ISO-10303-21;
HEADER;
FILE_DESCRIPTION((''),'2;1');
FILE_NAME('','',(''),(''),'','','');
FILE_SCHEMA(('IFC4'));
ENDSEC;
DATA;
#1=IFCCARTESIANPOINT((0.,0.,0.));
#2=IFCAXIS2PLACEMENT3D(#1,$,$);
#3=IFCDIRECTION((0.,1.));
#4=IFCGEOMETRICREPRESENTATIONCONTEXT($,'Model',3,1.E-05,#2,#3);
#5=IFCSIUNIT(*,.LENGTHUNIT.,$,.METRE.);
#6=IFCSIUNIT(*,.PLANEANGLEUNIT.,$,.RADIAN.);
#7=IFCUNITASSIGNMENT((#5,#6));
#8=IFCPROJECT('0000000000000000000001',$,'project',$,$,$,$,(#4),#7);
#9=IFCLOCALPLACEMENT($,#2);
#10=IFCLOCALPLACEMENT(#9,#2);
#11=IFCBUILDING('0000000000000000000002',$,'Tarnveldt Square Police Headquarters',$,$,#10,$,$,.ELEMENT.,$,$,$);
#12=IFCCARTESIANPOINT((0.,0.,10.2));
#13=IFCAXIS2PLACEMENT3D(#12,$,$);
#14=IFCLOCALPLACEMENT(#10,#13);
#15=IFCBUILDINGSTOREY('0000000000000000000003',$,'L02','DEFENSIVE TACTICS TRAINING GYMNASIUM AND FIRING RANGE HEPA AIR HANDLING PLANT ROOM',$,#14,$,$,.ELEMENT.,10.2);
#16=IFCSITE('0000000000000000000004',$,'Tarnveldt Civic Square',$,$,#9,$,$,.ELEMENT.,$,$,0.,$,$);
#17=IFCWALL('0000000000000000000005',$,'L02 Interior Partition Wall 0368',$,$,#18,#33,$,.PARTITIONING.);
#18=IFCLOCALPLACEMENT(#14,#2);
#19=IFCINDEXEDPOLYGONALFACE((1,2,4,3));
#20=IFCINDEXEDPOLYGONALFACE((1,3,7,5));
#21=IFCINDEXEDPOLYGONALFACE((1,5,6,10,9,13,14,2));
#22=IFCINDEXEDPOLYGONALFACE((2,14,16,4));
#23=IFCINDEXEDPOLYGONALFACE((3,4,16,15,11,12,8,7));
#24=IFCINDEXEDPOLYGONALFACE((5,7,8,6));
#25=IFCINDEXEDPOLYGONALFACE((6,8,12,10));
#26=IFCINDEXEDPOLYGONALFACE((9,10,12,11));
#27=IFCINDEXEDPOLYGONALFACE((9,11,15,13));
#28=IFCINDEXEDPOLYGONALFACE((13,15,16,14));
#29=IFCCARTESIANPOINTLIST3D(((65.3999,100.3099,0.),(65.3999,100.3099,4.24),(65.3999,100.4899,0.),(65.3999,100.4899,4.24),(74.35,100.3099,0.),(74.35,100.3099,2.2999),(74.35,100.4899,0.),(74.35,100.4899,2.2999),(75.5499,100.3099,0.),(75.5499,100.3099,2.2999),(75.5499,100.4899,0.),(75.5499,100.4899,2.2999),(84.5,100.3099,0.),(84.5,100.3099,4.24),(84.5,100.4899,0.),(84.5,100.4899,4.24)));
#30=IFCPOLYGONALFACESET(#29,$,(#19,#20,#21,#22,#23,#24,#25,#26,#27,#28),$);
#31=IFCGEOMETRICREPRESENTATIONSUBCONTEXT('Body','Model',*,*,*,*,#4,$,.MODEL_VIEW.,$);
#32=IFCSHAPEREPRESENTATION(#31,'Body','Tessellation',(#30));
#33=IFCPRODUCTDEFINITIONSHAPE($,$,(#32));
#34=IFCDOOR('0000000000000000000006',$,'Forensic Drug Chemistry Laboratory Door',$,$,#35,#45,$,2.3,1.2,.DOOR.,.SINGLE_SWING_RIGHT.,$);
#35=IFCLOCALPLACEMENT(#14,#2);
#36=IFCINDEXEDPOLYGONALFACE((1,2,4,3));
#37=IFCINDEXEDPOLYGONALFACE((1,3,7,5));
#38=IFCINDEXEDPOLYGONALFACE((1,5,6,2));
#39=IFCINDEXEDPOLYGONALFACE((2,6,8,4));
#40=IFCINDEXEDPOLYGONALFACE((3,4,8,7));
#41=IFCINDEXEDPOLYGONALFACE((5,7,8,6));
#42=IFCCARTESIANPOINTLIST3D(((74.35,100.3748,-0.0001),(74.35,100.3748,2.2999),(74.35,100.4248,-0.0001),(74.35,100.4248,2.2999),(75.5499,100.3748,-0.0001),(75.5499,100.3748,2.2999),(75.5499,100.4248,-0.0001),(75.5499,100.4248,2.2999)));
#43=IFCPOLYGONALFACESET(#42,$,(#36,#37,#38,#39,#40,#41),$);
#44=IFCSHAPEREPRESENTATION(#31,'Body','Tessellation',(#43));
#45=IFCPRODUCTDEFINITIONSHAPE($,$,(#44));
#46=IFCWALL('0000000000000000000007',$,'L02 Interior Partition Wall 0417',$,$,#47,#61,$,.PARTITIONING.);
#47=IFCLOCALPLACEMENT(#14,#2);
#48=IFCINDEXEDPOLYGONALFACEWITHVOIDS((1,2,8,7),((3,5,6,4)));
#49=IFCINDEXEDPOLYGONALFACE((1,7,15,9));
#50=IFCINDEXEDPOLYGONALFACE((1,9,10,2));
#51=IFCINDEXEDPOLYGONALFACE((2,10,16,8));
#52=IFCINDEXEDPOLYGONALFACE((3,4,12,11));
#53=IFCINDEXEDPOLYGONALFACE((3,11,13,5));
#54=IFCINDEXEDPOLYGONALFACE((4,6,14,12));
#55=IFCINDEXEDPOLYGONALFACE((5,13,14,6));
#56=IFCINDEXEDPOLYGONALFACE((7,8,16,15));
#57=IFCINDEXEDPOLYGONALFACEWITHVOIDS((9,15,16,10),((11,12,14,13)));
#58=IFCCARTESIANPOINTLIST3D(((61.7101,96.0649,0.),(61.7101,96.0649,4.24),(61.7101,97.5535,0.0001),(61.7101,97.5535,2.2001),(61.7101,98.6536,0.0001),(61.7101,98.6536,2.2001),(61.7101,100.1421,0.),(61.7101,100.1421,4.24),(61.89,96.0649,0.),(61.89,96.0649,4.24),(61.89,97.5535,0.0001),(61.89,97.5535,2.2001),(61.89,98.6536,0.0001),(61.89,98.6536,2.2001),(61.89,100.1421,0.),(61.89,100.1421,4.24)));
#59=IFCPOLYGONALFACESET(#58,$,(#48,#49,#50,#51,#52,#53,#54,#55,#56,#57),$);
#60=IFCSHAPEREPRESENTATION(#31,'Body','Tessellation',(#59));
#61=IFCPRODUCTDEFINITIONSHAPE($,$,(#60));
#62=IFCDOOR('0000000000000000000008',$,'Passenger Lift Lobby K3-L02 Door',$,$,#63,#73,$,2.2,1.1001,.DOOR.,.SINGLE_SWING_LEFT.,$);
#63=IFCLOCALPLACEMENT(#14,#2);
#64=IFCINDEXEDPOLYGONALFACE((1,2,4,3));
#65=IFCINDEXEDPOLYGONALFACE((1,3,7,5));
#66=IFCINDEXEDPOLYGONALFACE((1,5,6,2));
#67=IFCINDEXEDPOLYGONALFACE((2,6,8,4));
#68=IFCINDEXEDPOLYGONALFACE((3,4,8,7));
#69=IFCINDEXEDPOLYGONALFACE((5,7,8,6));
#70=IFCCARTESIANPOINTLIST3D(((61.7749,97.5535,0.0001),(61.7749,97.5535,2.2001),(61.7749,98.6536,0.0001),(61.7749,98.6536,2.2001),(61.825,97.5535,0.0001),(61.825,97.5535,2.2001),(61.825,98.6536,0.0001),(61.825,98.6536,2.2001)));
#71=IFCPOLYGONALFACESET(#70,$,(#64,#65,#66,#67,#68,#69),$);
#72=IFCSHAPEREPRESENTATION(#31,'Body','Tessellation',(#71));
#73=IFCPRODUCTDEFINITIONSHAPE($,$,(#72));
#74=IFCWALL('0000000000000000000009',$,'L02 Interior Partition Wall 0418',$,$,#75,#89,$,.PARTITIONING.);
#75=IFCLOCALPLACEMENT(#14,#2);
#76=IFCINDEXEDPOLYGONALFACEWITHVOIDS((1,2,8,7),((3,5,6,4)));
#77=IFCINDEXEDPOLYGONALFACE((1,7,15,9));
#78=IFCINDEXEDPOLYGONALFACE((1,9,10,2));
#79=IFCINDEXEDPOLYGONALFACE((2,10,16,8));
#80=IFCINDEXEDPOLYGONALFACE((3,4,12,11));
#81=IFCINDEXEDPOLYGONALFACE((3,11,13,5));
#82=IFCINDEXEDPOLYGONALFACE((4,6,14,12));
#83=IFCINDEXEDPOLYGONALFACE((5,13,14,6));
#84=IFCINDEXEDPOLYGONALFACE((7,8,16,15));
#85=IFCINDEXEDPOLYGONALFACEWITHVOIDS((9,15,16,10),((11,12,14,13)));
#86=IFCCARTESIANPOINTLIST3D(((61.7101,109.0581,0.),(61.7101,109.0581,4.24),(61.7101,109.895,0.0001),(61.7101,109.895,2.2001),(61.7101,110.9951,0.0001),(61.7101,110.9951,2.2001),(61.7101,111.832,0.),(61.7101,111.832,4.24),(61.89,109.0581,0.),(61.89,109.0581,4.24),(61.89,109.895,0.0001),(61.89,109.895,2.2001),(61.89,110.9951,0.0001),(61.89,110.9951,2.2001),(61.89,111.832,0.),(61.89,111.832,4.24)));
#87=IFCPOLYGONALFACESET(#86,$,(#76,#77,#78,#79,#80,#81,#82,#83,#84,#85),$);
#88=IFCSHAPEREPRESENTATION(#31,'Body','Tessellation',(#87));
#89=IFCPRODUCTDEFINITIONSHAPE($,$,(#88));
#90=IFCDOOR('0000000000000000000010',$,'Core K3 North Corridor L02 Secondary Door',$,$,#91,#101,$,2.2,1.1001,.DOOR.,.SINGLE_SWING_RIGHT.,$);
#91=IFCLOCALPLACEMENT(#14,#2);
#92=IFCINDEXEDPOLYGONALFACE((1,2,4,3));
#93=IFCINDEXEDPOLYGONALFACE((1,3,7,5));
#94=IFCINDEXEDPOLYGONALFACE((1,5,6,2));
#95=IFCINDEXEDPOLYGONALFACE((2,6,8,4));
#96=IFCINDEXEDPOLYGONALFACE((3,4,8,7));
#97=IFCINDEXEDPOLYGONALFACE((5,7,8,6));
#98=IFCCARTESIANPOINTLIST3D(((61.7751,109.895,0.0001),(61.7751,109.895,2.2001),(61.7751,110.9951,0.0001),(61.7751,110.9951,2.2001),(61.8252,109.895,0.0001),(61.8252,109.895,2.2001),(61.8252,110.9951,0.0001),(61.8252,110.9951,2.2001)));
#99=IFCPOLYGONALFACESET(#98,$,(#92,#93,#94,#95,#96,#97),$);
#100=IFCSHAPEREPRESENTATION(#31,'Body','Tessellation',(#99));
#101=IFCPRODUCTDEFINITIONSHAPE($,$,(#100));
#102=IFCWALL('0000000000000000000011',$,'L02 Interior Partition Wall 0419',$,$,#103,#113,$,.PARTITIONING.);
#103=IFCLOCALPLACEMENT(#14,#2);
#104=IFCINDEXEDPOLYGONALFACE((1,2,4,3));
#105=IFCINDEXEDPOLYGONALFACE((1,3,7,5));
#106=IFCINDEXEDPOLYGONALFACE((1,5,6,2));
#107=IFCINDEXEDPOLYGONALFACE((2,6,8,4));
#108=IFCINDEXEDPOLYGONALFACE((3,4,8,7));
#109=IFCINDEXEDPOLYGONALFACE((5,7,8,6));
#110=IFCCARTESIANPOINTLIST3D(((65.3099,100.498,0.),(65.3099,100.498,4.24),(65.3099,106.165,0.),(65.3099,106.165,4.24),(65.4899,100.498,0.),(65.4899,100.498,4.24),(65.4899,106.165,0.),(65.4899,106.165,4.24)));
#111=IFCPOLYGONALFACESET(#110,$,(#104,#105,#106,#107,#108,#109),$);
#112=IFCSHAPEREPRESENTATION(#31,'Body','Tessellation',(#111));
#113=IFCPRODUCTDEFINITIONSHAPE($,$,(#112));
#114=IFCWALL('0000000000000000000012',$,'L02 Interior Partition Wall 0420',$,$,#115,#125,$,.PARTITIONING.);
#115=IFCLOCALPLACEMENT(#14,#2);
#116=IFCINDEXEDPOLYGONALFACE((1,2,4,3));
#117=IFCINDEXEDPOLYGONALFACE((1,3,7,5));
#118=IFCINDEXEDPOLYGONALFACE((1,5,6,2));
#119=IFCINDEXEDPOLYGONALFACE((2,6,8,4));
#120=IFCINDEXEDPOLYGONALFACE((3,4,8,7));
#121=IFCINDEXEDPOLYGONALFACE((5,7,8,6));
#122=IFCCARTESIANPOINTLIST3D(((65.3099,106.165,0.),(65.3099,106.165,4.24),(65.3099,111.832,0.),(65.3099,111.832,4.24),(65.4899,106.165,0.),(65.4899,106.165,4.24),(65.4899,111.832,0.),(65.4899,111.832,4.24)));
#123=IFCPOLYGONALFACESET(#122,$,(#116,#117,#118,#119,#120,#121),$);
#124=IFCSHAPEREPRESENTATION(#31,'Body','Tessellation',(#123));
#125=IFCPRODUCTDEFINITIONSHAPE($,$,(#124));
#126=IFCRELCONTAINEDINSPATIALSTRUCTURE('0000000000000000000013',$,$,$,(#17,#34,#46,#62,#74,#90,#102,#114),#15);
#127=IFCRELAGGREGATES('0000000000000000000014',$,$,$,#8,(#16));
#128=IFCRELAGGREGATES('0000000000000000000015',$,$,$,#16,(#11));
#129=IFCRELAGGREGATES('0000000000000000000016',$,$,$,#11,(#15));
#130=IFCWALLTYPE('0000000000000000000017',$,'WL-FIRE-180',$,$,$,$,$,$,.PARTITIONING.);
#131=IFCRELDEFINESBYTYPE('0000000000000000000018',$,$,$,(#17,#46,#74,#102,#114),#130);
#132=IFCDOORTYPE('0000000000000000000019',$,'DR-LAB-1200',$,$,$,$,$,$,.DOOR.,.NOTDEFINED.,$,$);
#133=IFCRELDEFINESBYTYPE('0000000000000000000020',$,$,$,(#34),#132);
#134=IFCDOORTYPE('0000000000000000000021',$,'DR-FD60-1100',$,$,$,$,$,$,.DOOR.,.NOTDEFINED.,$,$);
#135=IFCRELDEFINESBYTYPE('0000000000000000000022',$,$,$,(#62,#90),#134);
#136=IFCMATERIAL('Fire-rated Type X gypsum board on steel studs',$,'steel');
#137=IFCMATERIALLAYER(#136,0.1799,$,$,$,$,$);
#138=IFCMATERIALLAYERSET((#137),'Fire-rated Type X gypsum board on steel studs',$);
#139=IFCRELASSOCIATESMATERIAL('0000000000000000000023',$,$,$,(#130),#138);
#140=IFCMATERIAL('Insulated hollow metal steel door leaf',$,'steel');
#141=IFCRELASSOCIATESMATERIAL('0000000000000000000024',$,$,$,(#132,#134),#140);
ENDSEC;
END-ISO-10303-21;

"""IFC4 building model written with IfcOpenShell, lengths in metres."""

from ifc_helpers import new_model, si_unit, direction, frame, frame_2d, origin, place, context, subcontext, project, spatial, rectangle, extrude, material, layer, layer_set, type_object, element, fill, save


model = new_model("IFC4")

# Units and contexts
model_context = context("Model", 3, precision=1e-05, world=origin(), true_north=direction((0.0, 1.0)))
body_context = subcontext(model_context, "Body", "Model", "MODEL_VIEW")
ifc_project = project(units=[si_unit("LENGTHUNIT", "METRE"), si_unit("PLANEANGLEUNIT", "RADIAN")], contexts=[model_context])

# Site, building, storey
site_placement = place(None, origin())
site = spatial("IfcSite", under=ifc_project, at=site_placement, Name="Tarnveldt Civic Square", CompositionType="ELEMENT", RefElevation=0.0)
building_placement = place(site_placement, origin())
building = spatial("IfcBuilding", under=site, at=building_placement, Name="Tarnveldt Square Police Headquarters", CompositionType="ELEMENT")
storey_placement = place(building_placement, frame((0.0, 0.0, 10.2)))
storey = spatial("IfcBuildingStorey", under=building, at=storey_placement, Name="L02", Description="DEFENSIVE TACTICS TRAINING GYMNASIUM AND FIRING RANGE HEPA AIR HANDLING PLANT ROOM", CompositionType="ELEMENT", Elevation=10.2)

# Walls, openings, doors
ifc_material_1 = material(Name="Fire-rated Type X gypsum board on steel studs", Category="steel")
ifc_layer_1 = layer(ifc_material_1, 0.1799)
ifc_layer_set_1 = layer_set([ifc_layer_1], Name="Fire-rated Type X gypsum board on steel studs")
wall_type_1 = type_object("IfcWallType", Name="WL-FIRE-180", PredefinedType="PARTITIONING", material=ifc_layer_set_1)
ifc_material_2 = material(Name="Insulated hollow metal steel door leaf", Category="steel")
wall_1_placement = place(storey_placement, frame((65.3999, 100.3999, 0.0), z_axis=(0.0, 0.0, 1.0), x_axis=(1.0, 0.0, 0.0)))
wall_1 = element("IfcWall", 1, at=wall_1_placement, inside=storey, type_object=wall_type_1, Name="L02 Interior Partition Wall 0368", PredefinedType="PARTITIONING", context=body_context, shape_type="SweptSolid", body=[
    extrude(rectangle(XDim=19.1001, YDim=0.1799, at=frame_2d((9.55, 0.0))), origin(), (0.0, 0.0, 1.0), 4.24),
])
opening_1_placement = place(wall_1_placement, frame((8.95, 0.0, 0.0)))
opening_1 = element("IfcOpeningElement", 2, at=opening_1_placement, cuts=wall_1, PredefinedType="OPENING", context=body_context, shape_type="SweptSolid", body=[
    extrude(rectangle(XDim=1.2, YDim=2.3, at=frame_2d((0.6001, 1.1499))), frame((0.0, 0.0999, 0.0), z_axis=(0.0, -1.0, 0.0), x_axis=(1.0, 0.0, 0.0)), (0.0, 0.0, 1.0), 0.2),
])
door_type_1 = type_object("IfcDoorType", Name="DR-LAB-1200", OperationType="NOTDEFINED", PredefinedType="DOOR", material=ifc_material_2)
door_1_placement = place(opening_1_placement, origin())
door_1 = element("IfcDoor", 3, at=door_1_placement, inside=storey, type_object=door_type_1, Name="Forensic Drug Chemistry Laboratory Door", OperationType="SINGLE_SWING_RIGHT", OverallHeight=2.3, OverallWidth=1.2, PredefinedType="DOOR", context=body_context, shape_type="SweptSolid", body=[
    extrude(rectangle(XDim=1.2, YDim=2.3, at=frame_2d((0.6001, 1.1499))), frame((0.0, 0.0249, 0.0), z_axis=(0.0, -1.0, 0.0), x_axis=(1.0, 0.0, 0.0)), (0.0, 0.0, 1.0), 0.05),
])
fill(opening_1, door_1)
wall_2_placement = place(storey_placement, frame((61.8, 96.0649, 0.0), z_axis=(0.0, 0.0, 1.0), x_axis=(0.0, 1.0, 0.0)))
wall_2 = element("IfcWall", 4, at=wall_2_placement, inside=storey, type_object=wall_type_1, Name="L02 Interior Partition Wall 0417", PredefinedType="PARTITIONING", context=body_context, shape_type="SweptSolid", body=[
    extrude(rectangle(XDim=4.0771, YDim=0.1799, at=frame_2d((2.0386, 0.0))), origin(), (0.0, 0.0, 1.0), 4.24),
])
opening_2_placement = place(wall_2_placement, frame((1.4885, 0.0, 0.0)))
opening_2 = element("IfcOpeningElement", 5, at=opening_2_placement, cuts=wall_2, PredefinedType="OPENING", context=body_context, shape_type="SweptSolid", body=[
    extrude(rectangle(XDim=1.1001, YDim=2.2, at=frame_2d((0.55, 1.1001))), frame((0.0, 0.0999, 0.0), z_axis=(0.0, -1.0, 0.0), x_axis=(1.0, 0.0, 0.0)), (0.0, 0.0, 1.0), 0.2),
])
door_type_2 = type_object("IfcDoorType", Name="DR-FD60-1100", OperationType="NOTDEFINED", PredefinedType="DOOR", material=ifc_material_2)
door_2_placement = place(opening_2_placement, frame((1.1001, 0.0, 0.0), z_axis=(0.0, 0.0, 1.0), x_axis=(-1.0, 0.0, 0.0)))
door_2 = element("IfcDoor", 6, at=door_2_placement, inside=storey, type_object=door_type_2, Name="Passenger Lift Lobby K3-L02 Door", OperationType="SINGLE_SWING_LEFT", OverallHeight=2.2, OverallWidth=1.1001, PredefinedType="DOOR", context=body_context, shape_type="SweptSolid", body=[
    extrude(rectangle(XDim=1.1001, YDim=2.2, at=frame_2d((0.55, 1.1001))), frame((0.0, 0.0249, 0.0), z_axis=(0.0, -1.0, 0.0), x_axis=(1.0, 0.0, 0.0)), (0.0, 0.0, 1.0), 0.05),
])
fill(opening_2, door_2)
wall_3_placement = place(storey_placement, frame((61.8, 109.0581, 0.0), z_axis=(0.0, 0.0, 1.0), x_axis=(0.0, 1.0, 0.0)))
wall_3 = element("IfcWall", 7, at=wall_3_placement, inside=storey, type_object=wall_type_1, Name="L02 Interior Partition Wall 0418", PredefinedType="PARTITIONING", context=body_context, shape_type="SweptSolid", body=[
    extrude(rectangle(XDim=2.7739, YDim=0.1799, at=frame_2d((1.387, 0.0))), origin(), (0.0, 0.0, 1.0), 4.24),
])
opening_3_placement = place(wall_3_placement, frame((0.8369, 0.0, 0.0)))
opening_3 = element("IfcOpeningElement", 8, at=opening_3_placement, cuts=wall_3, PredefinedType="OPENING", context=body_context, shape_type="SweptSolid", body=[
    extrude(rectangle(XDim=1.1001, YDim=2.2, at=frame_2d((0.55, 1.1001))), frame((0.0, 0.0999, 0.0), z_axis=(0.0, -1.0, 0.0), x_axis=(1.0, 0.0, 0.0)), (0.0, 0.0, 1.0), 0.2),
])
door_3_placement = place(opening_3_placement, origin())
door_3 = element("IfcDoor", 9, at=door_3_placement, inside=storey, type_object=door_type_2, Name="Core K3 North Corridor L02 Secondary Door", OperationType="SINGLE_SWING_RIGHT", OverallHeight=2.2, OverallWidth=1.1001, PredefinedType="DOOR", context=body_context, shape_type="SweptSolid", body=[
    extrude(rectangle(XDim=1.1001, YDim=2.2, at=frame_2d((0.55, 1.1001))), frame((0.0, 0.0249, 0.0), z_axis=(0.0, -1.0, 0.0), x_axis=(1.0, 0.0, 0.0)), (0.0, 0.0, 1.0), 0.05),
])
fill(opening_3, door_3)

# Walls
for number, where, z_axis, x_axis, name in (
    (10, (65.3999, 100.498, 0.0), (0.0, 0.0, 1.0), (0.0, 1.0, 0.0), "L02 Interior Partition Wall 0419"),
    (11, (65.3999, 106.165, 0.0), (0.0, 0.0, 1.0), (0.0, 1.0, 0.0), "L02 Interior Partition Wall 0420"),
):
    element("IfcWall", number, at=place(storey_placement, frame(where, z_axis=z_axis, x_axis=x_axis)), inside=storey, type_object=wall_type_1, Name=name, PredefinedType="PARTITIONING", context=body_context, shape_type="SweptSolid", body=[
        extrude(rectangle(XDim=5.667, YDim=0.1799, at=frame_2d((2.8335, 0.0))), origin(), (0.0, 0.0, 1.0), 4.24),
    ])

save(model, "model.ifc")
